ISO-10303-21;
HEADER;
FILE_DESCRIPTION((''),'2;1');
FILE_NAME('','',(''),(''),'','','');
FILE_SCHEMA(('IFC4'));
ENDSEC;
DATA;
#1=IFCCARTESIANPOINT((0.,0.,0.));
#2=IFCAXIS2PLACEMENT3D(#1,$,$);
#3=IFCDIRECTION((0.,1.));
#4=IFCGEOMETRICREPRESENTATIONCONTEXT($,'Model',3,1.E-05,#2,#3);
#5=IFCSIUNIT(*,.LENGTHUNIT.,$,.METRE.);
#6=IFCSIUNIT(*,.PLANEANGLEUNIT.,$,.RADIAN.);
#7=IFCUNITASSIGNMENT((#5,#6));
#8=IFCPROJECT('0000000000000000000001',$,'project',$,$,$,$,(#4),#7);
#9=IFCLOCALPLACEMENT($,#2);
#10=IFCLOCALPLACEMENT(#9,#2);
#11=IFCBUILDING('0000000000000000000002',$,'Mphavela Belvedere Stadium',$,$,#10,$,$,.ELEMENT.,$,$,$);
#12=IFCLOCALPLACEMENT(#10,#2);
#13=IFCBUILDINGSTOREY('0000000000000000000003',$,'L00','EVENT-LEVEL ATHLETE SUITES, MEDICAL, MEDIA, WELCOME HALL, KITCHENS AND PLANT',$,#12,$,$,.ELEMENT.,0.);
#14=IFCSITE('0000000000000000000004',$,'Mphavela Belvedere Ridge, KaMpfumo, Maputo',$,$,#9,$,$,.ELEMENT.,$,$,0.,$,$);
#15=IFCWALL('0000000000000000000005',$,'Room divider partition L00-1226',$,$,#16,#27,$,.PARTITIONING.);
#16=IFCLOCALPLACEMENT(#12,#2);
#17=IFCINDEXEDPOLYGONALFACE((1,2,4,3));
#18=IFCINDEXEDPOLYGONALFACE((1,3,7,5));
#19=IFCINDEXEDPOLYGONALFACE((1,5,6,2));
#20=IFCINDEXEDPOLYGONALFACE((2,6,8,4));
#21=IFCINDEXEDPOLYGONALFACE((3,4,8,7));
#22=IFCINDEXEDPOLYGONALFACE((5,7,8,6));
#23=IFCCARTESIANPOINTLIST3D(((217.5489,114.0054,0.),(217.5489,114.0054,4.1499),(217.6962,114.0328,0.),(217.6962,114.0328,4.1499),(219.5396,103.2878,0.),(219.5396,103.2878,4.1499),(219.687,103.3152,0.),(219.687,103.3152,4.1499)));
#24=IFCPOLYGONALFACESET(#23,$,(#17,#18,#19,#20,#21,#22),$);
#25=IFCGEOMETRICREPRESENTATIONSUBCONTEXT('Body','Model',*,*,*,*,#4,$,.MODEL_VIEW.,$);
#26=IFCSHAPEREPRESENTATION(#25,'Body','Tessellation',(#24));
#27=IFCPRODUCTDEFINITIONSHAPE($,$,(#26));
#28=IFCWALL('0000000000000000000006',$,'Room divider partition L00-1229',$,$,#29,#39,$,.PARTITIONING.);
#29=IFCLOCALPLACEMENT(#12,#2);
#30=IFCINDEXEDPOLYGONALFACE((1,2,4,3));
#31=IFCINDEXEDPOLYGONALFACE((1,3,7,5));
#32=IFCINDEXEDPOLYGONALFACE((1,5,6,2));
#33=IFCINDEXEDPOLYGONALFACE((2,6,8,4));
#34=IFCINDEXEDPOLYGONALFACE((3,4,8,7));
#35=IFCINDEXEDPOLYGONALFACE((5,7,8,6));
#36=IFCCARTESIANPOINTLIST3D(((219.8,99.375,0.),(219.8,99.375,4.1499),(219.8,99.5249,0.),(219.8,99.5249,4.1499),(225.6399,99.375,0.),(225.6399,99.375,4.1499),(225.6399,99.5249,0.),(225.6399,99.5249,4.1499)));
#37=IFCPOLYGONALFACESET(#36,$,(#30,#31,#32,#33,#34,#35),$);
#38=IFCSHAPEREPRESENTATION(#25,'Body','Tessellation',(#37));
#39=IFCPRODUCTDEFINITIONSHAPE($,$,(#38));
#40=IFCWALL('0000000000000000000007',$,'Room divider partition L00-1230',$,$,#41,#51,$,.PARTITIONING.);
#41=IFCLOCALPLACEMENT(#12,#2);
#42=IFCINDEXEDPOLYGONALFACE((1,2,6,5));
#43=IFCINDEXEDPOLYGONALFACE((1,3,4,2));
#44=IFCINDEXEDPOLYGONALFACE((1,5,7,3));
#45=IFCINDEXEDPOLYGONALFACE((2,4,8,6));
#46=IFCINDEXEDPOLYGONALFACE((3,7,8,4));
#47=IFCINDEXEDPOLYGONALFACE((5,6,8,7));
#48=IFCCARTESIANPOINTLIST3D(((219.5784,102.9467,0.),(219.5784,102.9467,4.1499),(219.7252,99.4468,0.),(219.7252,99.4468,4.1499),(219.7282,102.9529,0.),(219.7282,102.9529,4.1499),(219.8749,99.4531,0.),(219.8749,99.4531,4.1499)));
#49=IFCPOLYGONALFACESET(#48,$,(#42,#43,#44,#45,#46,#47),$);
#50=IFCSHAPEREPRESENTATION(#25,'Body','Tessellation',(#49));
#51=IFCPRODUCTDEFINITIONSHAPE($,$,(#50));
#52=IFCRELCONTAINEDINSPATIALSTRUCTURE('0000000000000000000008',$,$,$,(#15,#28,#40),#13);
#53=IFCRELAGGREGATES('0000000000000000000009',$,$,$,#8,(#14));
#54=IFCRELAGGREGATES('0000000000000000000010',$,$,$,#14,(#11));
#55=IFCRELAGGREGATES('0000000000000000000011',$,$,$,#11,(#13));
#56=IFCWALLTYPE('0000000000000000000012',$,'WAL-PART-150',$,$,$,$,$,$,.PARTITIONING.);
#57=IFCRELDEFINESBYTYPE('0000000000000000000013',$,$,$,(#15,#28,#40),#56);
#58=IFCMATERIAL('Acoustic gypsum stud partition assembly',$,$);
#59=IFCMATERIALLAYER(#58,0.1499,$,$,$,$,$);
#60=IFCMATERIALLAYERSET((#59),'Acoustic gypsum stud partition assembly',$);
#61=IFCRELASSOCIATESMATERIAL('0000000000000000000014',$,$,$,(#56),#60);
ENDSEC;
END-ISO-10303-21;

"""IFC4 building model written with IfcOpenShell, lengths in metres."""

from ifc_helpers import new_model, si_unit, direction, frame, frame_2d, origin, place, context, subcontext, project, spatial, rectangle, extrude, material, layer, layer_set, type_object, element, save


model = new_model("IFC4")

# Units and contexts
model_context = context("Model", 3, precision=1e-05, world=origin(), true_north=direction((0.0, 1.0)))
body_context = subcontext(model_context, "Body", "Model", "MODEL_VIEW")
ifc_project = project(units=[si_unit("LENGTHUNIT", "METRE"), si_unit("PLANEANGLEUNIT", "RADIAN")], contexts=[model_context])

# Site, building, storey
site_placement = place(None, origin())
site = spatial("IfcSite", under=ifc_project, at=site_placement, Name="Mphavela Belvedere Ridge, KaMpfumo, Maputo", CompositionType="ELEMENT", RefElevation=0.0)
building_placement = place(site_placement, origin())
building = spatial("IfcBuilding", under=site, at=building_placement, Name="Mphavela Belvedere Stadium", CompositionType="ELEMENT")
storey_placement = place(building_placement, origin())
storey = spatial("IfcBuildingStorey", under=building, at=storey_placement, Name="L00", Description="EVENT-LEVEL ATHLETE SUITES, MEDICAL, MEDIA, WELCOME HALL, KITCHENS AND PLANT", CompositionType="ELEMENT", Elevation=0.0)

# Walls
ifc_material_1 = material(Name="Acoustic gypsum stud partition assembly")
ifc_layer_1 = layer(ifc_material_1, 0.1499)
ifc_layer_set_1 = layer_set([ifc_layer_1], Name="Acoustic gypsum stud partition assembly")
wall_type_1 = type_object("IfcWallType", Name="WAL-PART-150", PredefinedType="PARTITIONING", material=ifc_layer_set_1)
wall_1_placement = place(storey_placement, frame((219.6133, 103.3015, 0.0), z_axis=(0.0, 0.0, 1.0), x_axis=(-0.182621, 0.983183, 0.0)))
element("IfcWall", 1, at=wall_1_placement, inside=storey, type_object=wall_type_1, Name="Room divider partition L00-1226", PredefinedType="PARTITIONING", context=body_context, shape_type="SweptSolid", body=[
    extrude(rectangle(XDim=10.9009, YDim=0.1499, at=frame_2d((5.4504, 0.0))), origin(), (0.0, 0.0, 1.0), 4.1499),
])
wall_2_placement = place(storey_placement, frame((225.6399, 99.45, 0.0), z_axis=(0.0, 0.0, 1.0), x_axis=(-1.0, 0.0, 0.0)))
element("IfcWall", 2, at=wall_2_placement, inside=storey, type_object=wall_type_1, Name="Room divider partition L00-1229", PredefinedType="PARTITIONING", context=body_context, shape_type="SweptSolid", body=[
    extrude(rectangle(XDim=5.8398, YDim=0.1499, at=frame_2d((2.9199, 0.0))), origin(), (0.0, 0.0, 1.0), 4.1499),
])
wall_3_placement = place(storey_placement, frame((219.8, 99.45, 0.0), z_axis=(0.0, 0.0, 1.0), x_axis=(-0.041889, 0.999122, 0.0)))
element("IfcWall", 3, at=wall_3_placement, inside=storey, type_object=wall_type_1, Name="Room divider partition L00-1230", PredefinedType="PARTITIONING", context=body_context, shape_type="SweptSolid", body=[
    extrude(rectangle(XDim=3.5029, YDim=0.1499, at=frame_2d((1.7515, 0.0))), origin(), (0.0, 0.0, 1.0), 4.1499),
])

save(model, "model.ifc")
